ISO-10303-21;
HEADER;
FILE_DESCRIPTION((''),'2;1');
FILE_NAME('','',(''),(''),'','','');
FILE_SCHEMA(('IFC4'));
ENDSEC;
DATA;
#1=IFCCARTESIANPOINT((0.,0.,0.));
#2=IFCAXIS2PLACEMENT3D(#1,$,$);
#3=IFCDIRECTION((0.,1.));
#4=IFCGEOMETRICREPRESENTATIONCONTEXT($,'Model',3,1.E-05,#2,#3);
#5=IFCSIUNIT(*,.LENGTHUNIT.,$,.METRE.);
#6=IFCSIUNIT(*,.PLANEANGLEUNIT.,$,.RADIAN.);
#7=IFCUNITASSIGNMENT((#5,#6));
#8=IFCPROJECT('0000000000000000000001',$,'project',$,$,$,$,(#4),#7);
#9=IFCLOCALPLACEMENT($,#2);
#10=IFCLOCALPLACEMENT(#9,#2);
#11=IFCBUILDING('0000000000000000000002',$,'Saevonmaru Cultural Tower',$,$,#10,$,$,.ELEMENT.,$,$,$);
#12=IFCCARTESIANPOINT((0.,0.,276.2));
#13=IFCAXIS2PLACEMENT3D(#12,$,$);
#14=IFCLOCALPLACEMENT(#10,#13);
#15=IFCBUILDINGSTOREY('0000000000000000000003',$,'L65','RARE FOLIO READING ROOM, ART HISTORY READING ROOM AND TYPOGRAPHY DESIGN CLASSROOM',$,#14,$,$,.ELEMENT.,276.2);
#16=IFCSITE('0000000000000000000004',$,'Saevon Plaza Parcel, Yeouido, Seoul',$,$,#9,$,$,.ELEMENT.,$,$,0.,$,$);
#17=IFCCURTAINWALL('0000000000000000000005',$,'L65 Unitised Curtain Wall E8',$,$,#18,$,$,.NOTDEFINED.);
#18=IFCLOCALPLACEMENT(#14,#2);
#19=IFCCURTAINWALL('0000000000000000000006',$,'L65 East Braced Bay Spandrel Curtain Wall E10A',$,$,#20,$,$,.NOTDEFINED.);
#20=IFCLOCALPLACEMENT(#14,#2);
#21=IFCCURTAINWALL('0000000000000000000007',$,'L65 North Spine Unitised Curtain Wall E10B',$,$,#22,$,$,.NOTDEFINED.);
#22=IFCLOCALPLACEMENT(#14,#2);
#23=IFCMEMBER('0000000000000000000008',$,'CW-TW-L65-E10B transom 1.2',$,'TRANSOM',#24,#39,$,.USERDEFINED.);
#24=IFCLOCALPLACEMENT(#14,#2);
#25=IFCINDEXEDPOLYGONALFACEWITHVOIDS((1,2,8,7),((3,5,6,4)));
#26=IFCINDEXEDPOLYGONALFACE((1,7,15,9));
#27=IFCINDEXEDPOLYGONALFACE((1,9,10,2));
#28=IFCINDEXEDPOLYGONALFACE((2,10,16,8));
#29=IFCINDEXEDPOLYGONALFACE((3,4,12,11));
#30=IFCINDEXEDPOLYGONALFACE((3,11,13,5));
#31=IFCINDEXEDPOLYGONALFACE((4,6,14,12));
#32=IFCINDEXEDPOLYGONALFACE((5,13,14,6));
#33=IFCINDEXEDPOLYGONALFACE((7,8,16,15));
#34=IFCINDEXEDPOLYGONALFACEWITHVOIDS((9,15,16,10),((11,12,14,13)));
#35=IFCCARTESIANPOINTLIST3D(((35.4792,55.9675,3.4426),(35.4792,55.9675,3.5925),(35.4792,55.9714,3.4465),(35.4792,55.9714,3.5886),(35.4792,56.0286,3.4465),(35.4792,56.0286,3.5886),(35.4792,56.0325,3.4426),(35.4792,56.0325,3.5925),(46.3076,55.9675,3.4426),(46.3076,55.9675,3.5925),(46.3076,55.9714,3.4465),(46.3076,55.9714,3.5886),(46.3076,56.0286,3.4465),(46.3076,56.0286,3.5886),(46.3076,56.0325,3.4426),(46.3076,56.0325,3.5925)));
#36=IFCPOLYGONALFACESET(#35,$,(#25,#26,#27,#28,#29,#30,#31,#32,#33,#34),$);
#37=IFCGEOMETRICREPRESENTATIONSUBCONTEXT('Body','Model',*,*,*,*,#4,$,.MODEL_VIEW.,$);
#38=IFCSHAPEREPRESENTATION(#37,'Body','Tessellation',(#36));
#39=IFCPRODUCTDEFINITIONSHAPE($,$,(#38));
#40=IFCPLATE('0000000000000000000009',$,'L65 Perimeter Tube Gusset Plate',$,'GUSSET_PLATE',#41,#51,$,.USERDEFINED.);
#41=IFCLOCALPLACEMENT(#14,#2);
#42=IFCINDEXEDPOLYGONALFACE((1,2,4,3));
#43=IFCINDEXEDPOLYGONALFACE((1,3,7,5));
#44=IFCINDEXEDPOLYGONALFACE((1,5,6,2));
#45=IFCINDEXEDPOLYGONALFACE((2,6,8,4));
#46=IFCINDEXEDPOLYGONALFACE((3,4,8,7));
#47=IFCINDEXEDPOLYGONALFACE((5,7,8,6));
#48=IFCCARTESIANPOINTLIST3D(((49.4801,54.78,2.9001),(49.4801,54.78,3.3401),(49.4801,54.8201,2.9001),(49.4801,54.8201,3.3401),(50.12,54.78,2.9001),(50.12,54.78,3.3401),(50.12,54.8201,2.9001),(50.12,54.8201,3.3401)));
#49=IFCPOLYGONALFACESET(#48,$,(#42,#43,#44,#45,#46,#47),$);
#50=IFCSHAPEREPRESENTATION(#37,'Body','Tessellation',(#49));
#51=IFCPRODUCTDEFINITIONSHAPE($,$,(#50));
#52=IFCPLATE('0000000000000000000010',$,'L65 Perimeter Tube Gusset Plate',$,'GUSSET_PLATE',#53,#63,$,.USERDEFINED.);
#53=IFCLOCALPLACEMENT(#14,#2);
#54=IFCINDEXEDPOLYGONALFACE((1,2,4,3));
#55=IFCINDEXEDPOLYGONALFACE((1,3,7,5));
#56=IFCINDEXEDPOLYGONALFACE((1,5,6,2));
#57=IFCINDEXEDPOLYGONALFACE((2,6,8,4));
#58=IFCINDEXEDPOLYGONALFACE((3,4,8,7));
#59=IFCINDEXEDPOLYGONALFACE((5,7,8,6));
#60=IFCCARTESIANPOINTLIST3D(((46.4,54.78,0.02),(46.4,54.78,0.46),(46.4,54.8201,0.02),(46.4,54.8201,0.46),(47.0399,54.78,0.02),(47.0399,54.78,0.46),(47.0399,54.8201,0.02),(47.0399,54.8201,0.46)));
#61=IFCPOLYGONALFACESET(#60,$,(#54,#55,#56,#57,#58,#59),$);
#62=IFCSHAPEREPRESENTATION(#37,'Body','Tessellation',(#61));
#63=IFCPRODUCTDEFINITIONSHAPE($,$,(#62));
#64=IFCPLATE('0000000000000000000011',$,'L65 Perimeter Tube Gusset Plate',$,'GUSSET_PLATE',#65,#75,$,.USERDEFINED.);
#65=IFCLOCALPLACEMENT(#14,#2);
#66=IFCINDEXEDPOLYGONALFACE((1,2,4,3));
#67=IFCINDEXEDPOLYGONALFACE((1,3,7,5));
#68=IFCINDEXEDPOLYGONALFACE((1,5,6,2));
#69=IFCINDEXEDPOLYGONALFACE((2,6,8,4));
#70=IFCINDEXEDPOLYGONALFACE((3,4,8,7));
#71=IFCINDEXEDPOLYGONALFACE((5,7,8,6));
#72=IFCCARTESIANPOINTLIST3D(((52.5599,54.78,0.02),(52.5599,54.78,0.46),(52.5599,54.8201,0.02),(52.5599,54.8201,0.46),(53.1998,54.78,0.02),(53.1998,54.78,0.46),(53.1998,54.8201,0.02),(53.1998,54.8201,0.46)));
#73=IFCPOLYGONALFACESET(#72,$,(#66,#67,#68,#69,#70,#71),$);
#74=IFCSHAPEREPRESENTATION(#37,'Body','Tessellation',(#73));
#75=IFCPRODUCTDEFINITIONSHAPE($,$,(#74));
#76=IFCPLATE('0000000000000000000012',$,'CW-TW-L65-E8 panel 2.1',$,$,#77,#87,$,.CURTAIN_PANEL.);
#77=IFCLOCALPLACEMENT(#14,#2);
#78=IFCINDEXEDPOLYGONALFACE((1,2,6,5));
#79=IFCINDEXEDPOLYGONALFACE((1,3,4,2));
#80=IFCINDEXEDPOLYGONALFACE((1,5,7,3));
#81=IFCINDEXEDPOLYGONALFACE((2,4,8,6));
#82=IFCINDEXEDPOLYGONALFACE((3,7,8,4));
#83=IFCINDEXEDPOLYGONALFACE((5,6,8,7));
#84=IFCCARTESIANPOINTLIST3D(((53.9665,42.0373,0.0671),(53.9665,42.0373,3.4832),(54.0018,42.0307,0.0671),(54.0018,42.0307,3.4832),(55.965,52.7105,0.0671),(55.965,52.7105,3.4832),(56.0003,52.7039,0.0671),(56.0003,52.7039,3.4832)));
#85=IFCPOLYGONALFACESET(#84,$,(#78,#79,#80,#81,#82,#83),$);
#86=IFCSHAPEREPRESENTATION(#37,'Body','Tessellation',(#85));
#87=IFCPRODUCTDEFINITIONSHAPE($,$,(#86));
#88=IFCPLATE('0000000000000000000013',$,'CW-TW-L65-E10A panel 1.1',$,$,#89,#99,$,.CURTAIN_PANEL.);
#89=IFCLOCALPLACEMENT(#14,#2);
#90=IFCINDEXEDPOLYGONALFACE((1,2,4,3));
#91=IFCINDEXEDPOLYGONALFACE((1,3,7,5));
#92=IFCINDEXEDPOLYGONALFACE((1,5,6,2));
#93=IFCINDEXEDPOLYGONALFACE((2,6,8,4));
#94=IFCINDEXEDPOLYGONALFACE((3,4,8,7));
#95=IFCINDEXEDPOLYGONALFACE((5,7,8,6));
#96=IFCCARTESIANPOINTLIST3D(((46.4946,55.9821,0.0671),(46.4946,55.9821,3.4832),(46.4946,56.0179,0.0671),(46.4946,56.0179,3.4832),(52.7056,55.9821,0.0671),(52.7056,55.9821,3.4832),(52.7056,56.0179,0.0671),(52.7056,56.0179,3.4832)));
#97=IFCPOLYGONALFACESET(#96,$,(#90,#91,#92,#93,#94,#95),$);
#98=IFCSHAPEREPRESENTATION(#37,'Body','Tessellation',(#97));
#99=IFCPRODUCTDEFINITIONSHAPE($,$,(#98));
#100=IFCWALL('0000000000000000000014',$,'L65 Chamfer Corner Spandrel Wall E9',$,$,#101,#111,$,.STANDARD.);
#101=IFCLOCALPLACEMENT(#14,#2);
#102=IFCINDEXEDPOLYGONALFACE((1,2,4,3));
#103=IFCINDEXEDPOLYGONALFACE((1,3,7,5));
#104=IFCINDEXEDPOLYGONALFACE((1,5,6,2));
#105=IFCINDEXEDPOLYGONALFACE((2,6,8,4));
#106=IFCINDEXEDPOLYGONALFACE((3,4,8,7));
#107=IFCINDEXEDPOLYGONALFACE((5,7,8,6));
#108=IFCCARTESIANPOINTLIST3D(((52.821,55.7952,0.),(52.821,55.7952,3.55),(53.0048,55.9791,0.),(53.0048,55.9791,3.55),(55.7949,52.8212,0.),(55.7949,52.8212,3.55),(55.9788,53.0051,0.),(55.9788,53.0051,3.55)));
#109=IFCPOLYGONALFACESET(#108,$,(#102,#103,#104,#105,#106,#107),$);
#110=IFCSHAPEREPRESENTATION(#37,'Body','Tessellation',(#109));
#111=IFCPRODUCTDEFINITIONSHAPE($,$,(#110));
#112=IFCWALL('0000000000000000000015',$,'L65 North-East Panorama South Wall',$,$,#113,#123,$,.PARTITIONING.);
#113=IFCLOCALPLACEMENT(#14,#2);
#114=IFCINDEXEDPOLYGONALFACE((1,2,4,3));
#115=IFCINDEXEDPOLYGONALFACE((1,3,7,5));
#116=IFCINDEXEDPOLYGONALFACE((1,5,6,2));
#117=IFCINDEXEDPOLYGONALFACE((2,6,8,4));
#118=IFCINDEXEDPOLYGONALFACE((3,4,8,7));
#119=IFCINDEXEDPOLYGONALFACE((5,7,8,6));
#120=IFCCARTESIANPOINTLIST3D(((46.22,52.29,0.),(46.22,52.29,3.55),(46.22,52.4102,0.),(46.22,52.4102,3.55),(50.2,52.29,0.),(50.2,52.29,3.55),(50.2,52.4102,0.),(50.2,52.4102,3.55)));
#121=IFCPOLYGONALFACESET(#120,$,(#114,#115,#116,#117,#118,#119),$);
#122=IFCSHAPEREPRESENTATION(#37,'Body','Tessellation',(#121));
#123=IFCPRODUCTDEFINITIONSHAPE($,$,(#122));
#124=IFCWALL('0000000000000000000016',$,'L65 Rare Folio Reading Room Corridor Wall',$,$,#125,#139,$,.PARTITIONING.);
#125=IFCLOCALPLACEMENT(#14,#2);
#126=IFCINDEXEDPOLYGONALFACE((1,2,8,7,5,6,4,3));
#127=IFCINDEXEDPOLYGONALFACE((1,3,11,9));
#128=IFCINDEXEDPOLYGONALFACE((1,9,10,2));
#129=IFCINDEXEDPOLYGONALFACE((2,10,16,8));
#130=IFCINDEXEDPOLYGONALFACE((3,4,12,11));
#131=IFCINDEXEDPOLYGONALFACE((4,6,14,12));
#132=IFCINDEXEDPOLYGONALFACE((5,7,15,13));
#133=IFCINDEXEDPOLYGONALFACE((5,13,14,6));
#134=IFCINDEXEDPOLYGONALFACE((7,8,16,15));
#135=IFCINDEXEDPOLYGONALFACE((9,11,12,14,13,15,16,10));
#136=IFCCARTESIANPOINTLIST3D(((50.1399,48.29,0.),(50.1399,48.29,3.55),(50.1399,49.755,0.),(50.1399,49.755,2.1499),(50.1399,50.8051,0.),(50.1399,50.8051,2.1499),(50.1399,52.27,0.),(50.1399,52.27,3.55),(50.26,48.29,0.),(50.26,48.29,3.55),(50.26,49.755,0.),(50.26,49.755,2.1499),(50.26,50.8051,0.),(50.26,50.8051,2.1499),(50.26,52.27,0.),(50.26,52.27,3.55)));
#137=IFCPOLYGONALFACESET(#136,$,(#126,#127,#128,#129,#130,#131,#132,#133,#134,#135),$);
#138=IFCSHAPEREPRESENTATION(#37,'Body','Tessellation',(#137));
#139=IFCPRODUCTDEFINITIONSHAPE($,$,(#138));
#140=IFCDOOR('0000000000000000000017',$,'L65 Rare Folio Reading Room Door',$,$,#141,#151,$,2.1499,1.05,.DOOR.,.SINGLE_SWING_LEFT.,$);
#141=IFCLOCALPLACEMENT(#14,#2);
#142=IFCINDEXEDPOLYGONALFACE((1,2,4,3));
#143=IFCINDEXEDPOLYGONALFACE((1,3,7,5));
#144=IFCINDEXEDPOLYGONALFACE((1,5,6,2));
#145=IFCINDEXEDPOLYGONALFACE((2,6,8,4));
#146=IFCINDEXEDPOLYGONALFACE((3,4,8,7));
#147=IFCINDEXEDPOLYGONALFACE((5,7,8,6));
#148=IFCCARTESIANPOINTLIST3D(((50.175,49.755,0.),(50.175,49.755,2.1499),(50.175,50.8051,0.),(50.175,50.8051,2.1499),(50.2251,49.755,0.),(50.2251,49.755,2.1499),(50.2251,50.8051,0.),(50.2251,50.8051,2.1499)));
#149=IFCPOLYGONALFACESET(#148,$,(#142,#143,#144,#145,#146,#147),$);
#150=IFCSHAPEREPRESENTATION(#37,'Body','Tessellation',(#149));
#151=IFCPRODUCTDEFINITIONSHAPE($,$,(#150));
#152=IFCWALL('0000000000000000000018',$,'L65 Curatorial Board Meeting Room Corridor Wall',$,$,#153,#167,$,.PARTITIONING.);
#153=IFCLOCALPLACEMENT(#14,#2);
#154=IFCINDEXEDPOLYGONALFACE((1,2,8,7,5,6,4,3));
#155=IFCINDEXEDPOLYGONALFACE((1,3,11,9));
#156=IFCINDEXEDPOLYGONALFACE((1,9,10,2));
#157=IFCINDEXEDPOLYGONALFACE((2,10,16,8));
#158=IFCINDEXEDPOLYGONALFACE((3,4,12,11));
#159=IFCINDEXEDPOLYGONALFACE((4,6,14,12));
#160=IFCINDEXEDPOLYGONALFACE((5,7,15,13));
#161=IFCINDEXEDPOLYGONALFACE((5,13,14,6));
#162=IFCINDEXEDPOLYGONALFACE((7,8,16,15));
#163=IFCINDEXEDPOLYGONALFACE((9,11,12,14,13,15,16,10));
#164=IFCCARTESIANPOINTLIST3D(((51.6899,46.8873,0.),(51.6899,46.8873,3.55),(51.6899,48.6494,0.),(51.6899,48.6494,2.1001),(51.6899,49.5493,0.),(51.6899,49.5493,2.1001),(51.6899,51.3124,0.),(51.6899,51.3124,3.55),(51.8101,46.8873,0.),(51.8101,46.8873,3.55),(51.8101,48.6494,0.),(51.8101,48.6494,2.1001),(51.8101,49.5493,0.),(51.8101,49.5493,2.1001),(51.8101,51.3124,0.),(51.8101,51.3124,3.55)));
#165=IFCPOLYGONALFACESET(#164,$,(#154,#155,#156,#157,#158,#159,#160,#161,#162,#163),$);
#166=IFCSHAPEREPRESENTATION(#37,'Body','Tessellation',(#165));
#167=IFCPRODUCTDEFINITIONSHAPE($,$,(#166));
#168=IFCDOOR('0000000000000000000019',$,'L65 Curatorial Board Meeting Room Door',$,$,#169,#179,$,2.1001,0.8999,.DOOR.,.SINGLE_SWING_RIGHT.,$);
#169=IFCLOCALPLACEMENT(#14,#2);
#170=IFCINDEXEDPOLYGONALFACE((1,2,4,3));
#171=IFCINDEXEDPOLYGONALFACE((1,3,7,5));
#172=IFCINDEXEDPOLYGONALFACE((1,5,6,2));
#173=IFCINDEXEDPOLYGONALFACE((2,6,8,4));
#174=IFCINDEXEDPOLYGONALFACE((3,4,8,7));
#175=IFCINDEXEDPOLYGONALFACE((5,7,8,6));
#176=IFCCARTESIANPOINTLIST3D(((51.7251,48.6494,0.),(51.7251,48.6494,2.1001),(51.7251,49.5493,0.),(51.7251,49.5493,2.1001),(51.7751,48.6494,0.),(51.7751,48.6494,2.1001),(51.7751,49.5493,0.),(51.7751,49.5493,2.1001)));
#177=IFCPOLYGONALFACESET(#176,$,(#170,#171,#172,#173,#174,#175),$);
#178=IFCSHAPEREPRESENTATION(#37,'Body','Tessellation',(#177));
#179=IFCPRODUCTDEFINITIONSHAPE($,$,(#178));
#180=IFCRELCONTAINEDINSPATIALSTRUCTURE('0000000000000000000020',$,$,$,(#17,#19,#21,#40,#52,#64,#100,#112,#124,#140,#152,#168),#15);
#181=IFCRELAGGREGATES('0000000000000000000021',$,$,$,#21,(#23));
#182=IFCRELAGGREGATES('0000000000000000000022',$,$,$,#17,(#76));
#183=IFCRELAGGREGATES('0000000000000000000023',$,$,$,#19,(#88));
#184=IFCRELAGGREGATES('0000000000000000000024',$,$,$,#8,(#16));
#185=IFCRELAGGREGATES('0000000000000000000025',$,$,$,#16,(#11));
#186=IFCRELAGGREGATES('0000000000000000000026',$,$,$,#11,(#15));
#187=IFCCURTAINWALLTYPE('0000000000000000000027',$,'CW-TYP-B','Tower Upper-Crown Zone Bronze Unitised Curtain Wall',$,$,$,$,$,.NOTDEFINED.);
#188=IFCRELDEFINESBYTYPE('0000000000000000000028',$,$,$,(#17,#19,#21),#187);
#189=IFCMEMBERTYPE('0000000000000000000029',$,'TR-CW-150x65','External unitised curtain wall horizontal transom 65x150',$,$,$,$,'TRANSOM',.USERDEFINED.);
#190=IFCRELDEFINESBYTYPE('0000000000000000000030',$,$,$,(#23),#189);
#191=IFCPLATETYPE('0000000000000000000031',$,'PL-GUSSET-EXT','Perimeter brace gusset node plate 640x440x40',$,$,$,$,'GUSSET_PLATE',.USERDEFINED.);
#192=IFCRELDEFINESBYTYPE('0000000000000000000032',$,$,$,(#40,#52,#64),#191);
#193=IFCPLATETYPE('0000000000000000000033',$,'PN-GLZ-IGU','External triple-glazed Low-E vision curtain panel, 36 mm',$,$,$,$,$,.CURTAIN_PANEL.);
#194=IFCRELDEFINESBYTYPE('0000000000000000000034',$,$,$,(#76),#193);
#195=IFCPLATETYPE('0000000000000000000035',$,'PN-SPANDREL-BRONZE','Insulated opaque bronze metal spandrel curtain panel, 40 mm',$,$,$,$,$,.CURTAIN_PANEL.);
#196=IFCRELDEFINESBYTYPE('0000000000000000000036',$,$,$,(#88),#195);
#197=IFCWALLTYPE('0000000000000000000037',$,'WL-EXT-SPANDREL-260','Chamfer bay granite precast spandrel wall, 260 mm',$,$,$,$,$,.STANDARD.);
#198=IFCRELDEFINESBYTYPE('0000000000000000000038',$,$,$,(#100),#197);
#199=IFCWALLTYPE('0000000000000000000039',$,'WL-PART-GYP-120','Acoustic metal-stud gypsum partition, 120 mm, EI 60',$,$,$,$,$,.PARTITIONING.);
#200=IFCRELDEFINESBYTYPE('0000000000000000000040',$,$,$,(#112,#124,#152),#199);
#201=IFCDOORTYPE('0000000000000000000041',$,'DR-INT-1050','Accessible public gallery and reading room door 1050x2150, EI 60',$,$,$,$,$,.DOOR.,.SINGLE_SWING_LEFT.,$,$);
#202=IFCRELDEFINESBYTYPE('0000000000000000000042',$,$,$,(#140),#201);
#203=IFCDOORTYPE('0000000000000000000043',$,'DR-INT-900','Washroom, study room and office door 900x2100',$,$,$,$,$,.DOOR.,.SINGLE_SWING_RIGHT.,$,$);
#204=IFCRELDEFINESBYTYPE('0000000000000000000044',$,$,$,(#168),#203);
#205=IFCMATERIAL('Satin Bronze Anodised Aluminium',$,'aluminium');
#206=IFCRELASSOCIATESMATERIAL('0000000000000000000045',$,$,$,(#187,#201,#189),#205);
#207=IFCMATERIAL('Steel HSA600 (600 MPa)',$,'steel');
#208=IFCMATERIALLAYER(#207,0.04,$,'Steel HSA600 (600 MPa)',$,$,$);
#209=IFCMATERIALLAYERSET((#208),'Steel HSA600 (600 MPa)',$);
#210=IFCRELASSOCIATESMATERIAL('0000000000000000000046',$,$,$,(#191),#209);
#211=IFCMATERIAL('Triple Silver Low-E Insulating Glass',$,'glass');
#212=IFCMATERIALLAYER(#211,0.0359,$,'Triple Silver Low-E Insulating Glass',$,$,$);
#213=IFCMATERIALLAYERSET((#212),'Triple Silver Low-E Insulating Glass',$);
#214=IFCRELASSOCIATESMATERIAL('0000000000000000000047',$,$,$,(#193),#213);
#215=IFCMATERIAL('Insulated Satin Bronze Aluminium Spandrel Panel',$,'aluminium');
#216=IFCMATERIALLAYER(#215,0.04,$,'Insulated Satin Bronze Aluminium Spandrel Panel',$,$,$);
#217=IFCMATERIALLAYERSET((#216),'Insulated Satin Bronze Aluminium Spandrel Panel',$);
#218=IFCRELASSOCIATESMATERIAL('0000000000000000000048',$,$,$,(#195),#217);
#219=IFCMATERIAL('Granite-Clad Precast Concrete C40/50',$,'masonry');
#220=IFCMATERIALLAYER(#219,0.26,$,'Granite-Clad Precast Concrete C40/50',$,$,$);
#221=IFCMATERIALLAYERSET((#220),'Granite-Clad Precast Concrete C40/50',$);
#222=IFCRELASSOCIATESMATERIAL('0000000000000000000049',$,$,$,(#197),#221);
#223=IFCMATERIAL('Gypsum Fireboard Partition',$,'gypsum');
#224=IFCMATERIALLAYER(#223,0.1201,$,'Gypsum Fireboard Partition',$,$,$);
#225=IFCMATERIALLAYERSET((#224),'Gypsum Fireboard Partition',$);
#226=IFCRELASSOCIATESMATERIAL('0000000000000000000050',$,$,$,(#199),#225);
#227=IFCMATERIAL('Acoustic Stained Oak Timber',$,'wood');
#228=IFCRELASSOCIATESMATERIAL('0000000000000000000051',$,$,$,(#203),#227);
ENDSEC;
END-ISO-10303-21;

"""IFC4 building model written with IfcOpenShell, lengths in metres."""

from ifc_helpers import new_model, si_unit, direction, frame, frame_2d, origin, origin_2d, place, context, subcontext, project, spatial, rectangle, hollow_rectangle, extrude, material, layer, layer_set, material_profile, profile_set, type_object, element, fill, aggregate, save


model = new_model("IFC4")

# Units and contexts
model_context = context("Model", 3, precision=1e-05, world=origin(), true_north=direction((0.0, 1.0)))
body_context = subcontext(model_context, "Body", "Model", "MODEL_VIEW")
ifc_project = project(units=[si_unit("LENGTHUNIT", "METRE"), si_unit("PLANEANGLEUNIT", "RADIAN")], contexts=[model_context])

# Site, building, storey
site_placement = place(None, origin())
site = spatial("IfcSite", under=ifc_project, at=site_placement, Name="Saevon Plaza Parcel, Yeouido, Seoul", CompositionType="ELEMENT", RefElevation=0.0)
building_placement = place(site_placement, origin())
building = spatial("IfcBuilding", under=site, at=building_placement, Name="Saevonmaru Cultural Tower", CompositionType="ELEMENT")
storey_placement = place(building_placement, frame((0.0, 0.0, 276.2)))
storey = spatial("IfcBuildingStorey", under=building, at=storey_placement, Name="L65", Description="RARE FOLIO READING ROOM, ART HISTORY READING ROOM AND TYPOGRAPHY DESIGN CLASSROOM", CompositionType="ELEMENT", Elevation=276.2)

# Curtain wall
ifc_material_1 = material(Name="Satin Bronze Anodised Aluminium", Category="aluminium")
curtain_wall_type = type_object("IfcCurtainWallType", Name="CW-TYP-B", Description="Tower Upper-Crown Zone Bronze Unitised Curtain Wall", PredefinedType="NOTDEFINED", material=ifc_material_1)
curtain_wall_1_placement = place(storey_placement, origin())
curtain_wall_1 = element("IfcCurtainWall", 1, at=curtain_wall_1_placement, inside=storey, type_object=curtain_wall_type, Name="L65 Unitised Curtain Wall E8", PredefinedType="NOTDEFINED")

# Curtain wall
curtain_wall_2_placement = place(storey_placement, origin())
curtain_wall_2 = element("IfcCurtainWall", 2, at=curtain_wall_2_placement, inside=storey, type_object=curtain_wall_type, Name="L65 East Braced Bay Spandrel Curtain Wall E10A", PredefinedType="NOTDEFINED")

# Curtain wall
curtain_wall_3_placement = place(storey_placement, origin())
curtain_wall_3 = element("IfcCurtainWall", 3, at=curtain_wall_3_placement, inside=storey, type_object=curtain_wall_type, Name="L65 North Spine Unitised Curtain Wall E10B", PredefinedType="NOTDEFINED")

# Member
ifc_material_profile_1 = material_profile(ifc_material_1, hollow_rectangle(XDim=0.0649, YDim=0.1499, WallThickness=0.0039, at=origin_2d()), Name="ALU-TRAN-150x65x4")
ifc_profile_set_1 = profile_set([ifc_material_profile_1], Name="Satin Bronze Anodised Aluminium")
member_type_1 = type_object("IfcMemberType", Name="TR-CW-150x65", Description="External unitised curtain wall horizontal transom 65x150", ElementType="TRANSOM", PredefinedType="USERDEFINED", material=ifc_profile_set_1)
member_1_placement = place(storey_placement, frame((46.3076, 56.0, 3.5176), z_axis=(-1.0, 0.0, 0.0), x_axis=(0.0, -1.0, 0.0)))
member_1 = element("IfcMember", 4, at=member_1_placement, type_object=member_type_1, Name="CW-TW-L65-E10B transom 1.2", ObjectType="TRANSOM", PredefinedType="USERDEFINED", context=body_context, shape_type="SweptSolid", body=[
    extrude(hollow_rectangle(XDim=0.0649, YDim=0.1499, WallThickness=0.0039, at=origin_2d()), origin(), (0.0, 0.0, 1.0), 10.8284),
])
aggregate(curtain_wall_3, [member_1])

# Plates
ifc_material_2 = material(Name="Steel HSA600 (600 MPa)", Category="steel")
ifc_layer_1 = layer(ifc_material_2, 0.04, Name="Steel HSA600 (600 MPa)")
ifc_layer_set_1 = layer_set([ifc_layer_1], Name="Steel HSA600 (600 MPa)")
plate_type_1 = type_object("IfcPlateType", Name="PL-GUSSET-EXT", Description="Perimeter brace gusset node plate 640x440x40", ElementType="GUSSET_PLATE", PredefinedType="USERDEFINED", material=ifc_layer_set_1)
for number, where, z_axis, x_axis, name in (
    (5, (49.8, 54.8, 2.9001), (0.0, 0.0, 1.0), (1.0, 0.0, 0.0), "L65 Perimeter Tube Gusset Plate"),
    (6, (46.72, 54.8, 0.02), (0.0, 0.0, 1.0), (1.0, 0.0, 0.0), "L65 Perimeter Tube Gusset Plate"),
    (7, (52.8799, 54.8, 0.02), (0.0, 0.0, 1.0), (1.0, 0.0, 0.0), "L65 Perimeter Tube Gusset Plate"),
):
    element("IfcPlate", number, at=place(storey_placement, frame(where, z_axis=z_axis, x_axis=x_axis)), inside=storey, type_object=plate_type_1, Name=name, ObjectType="GUSSET_PLATE", PredefinedType="USERDEFINED", context=body_context, shape_type="SweptSolid", body=[
        extrude(rectangle(XDim=0.6399, YDim=0.04, at=origin_2d()), origin(), (0.0, 0.0, 1.0), 0.4399),
    ])

# Plates
ifc_material_3 = material(Name="Triple Silver Low-E Insulating Glass", Category="glass")
ifc_layer_2 = layer(ifc_material_3, 0.0359, Name="Triple Silver Low-E Insulating Glass")
ifc_layer_set_2 = layer_set([ifc_layer_2], Name="Triple Silver Low-E Insulating Glass")
plate_type_2 = type_object("IfcPlateType", Name="PN-GLZ-IGU", Description="External triple-glazed Low-E vision curtain panel, 36 mm", PredefinedType="CURTAIN_PANEL", material=ifc_layer_set_2)
plate_1_placement = place(storey_placement, frame((54.9834, 47.3706, 0.0671), z_axis=(0.0, 0.0, 1.0), x_axis=(0.184047, 0.982918, 0.0)))
plate_1 = element("IfcPlate", 8, at=plate_1_placement, type_object=plate_type_2, Name="CW-TW-L65-E8 panel 2.1", PredefinedType="CURTAIN_PANEL", context=body_context, shape_type="SweptSolid", body=[
    extrude(rectangle(XDim=10.8586, YDim=0.0359, at=origin_2d()), origin(), (0.0, 0.0, 1.0), 3.416),
])
aggregate(curtain_wall_1, [plate_1])
ifc_material_4 = material(Name="Insulated Satin Bronze Aluminium Spandrel Panel", Category="aluminium")
ifc_layer_3 = layer(ifc_material_4, 0.04, Name="Insulated Satin Bronze Aluminium Spandrel Panel")
ifc_layer_set_3 = layer_set([ifc_layer_3], Name="Insulated Satin Bronze Aluminium Spandrel Panel")
plate_type_3 = type_object("IfcPlateType", Name="PN-SPANDREL-BRONZE", Description="Insulated opaque bronze metal spandrel curtain panel, 40 mm", PredefinedType="CURTAIN_PANEL", material=ifc_layer_set_3)
plate_2_placement = place(storey_placement, frame((49.6001, 56.0, 0.0671), z_axis=(0.0, 0.0, 1.0), x_axis=(-1.0, 0.0, 0.0)))
plate_2 = element("IfcPlate", 9, at=plate_2_placement, type_object=plate_type_3, Name="CW-TW-L65-E10A panel 1.1", PredefinedType="CURTAIN_PANEL", context=body_context, shape_type="SweptSolid", body=[
    extrude(rectangle(XDim=6.2109, YDim=0.0359, at=origin_2d()), origin(), (0.0, 0.0, 1.0), 3.416),
])
aggregate(curtain_wall_2, [plate_2])

# Wall
ifc_material_5 = material(Name="Granite-Clad Precast Concrete C40/50", Category="masonry")
ifc_layer_4 = layer(ifc_material_5, 0.26, Name="Granite-Clad Precast Concrete C40/50")
ifc_layer_set_4 = layer_set([ifc_layer_4], Name="Granite-Clad Precast Concrete C40/50")
wall_type_1 = type_object("IfcWallType", Name="WL-EXT-SPANDREL-260", Description="Chamfer bay granite precast spandrel wall, 260 mm", PredefinedType="STANDARD", material=ifc_layer_set_4)
wall_1_placement = place(storey_placement, frame((55.887, 52.9131, 0.0), z_axis=(0.0, 0.0, 1.0), x_axis=(-0.707107, 0.707107, 0.0)))
element("IfcWall", 10, at=wall_1_placement, inside=storey, type_object=wall_type_1, Name="L65 Chamfer Corner Spandrel Wall E9", PredefinedType="STANDARD", context=body_context, shape_type="SweptSolid", body=[
    extrude(rectangle(XDim=4.2058, YDim=0.26, at=frame_2d((2.103, 0.0))), origin(), (0.0, 0.0, 1.0), 3.55),
])

# Shared definitions
ifc_material_6 = material(Name="Gypsum Fireboard Partition", Category="gypsum")
door_type_1 = type_object("IfcDoorType", Name="DR-INT-1050", Description="Accessible public gallery and reading room door 1050x2150, EI 60", OperationType="SINGLE_SWING_LEFT", PredefinedType="DOOR", material=ifc_material_1)

# Wall
ifc_layer_5 = layer(ifc_material_6, 0.1201, Name="Gypsum Fireboard Partition")
ifc_layer_set_5 = layer_set([ifc_layer_5], Name="Gypsum Fireboard Partition")
wall_type_2 = type_object("IfcWallType", Name="WL-PART-GYP-120", Description="Acoustic metal-stud gypsum partition, 120 mm, EI 60", PredefinedType="PARTITIONING", material=ifc_layer_set_5)
wall_2_placement = place(storey_placement, frame((46.22, 52.3501, 0.0), z_axis=(0.0, 0.0, 1.0), x_axis=(1.0, 0.0, 0.0)))
element("IfcWall", 11, at=wall_2_placement, inside=storey, type_object=wall_type_2, Name="L65 North-East Panorama South Wall", PredefinedType="PARTITIONING", context=body_context, shape_type="SweptSolid", body=[
    extrude(rectangle(XDim=3.98, YDim=0.1201, at=frame_2d((1.99, 0.0))), origin(), (0.0, 0.0, 1.0), 3.55),
])

# Walls, openings, doors
wall_3_placement = place(storey_placement, frame((50.2, 48.29, 0.0), z_axis=(0.0, 0.0, 1.0), x_axis=(0.0, 1.0, 0.0)))
wall_3 = element("IfcWall", 12, at=wall_3_placement, inside=storey, type_object=wall_type_2, Name="L65 Rare Folio Reading Room Corridor Wall", PredefinedType="PARTITIONING", context=body_context, shape_type="SweptSolid", body=[
    extrude(rectangle(XDim=3.98, YDim=0.1201, at=frame_2d((1.99, 0.0))), origin(), (0.0, 0.0, 1.0), 3.55),
])
opening_1_placement = place(wall_3_placement, frame((1.4651, 0.0, 0.0)))
opening_1 = element("IfcOpeningElement", 13, at=opening_1_placement, cuts=wall_3, PredefinedType="OPENING", context=body_context, shape_type="SweptSolid", body=[
    extrude(rectangle(XDim=1.05, YDim=2.1499, at=frame_2d((0.5249, 1.075))), frame((0.0, 0.0701, 0.0), z_axis=(0.0, -1.0, 0.0), x_axis=(1.0, 0.0, 0.0)), (0.0, 0.0, 1.0), 0.1401),
])
door_1_placement = place(opening_1_placement, origin())
door_1 = element("IfcDoor", 14, at=door_1_placement, inside=storey, type_object=door_type_1, Name="L65 Rare Folio Reading Room Door", OperationType="SINGLE_SWING_LEFT", OverallHeight=2.1499, OverallWidth=1.05, PredefinedType="DOOR", context=body_context, shape_type="SweptSolid", body=[
    extrude(rectangle(XDim=1.05, YDim=2.1499, at=frame_2d((0.5249, 1.075))), frame((0.0, 0.0249, 0.0), z_axis=(0.0, -1.0, 0.0), x_axis=(1.0, 0.0, 0.0)), (0.0, 0.0, 1.0), 0.05),
])
fill(opening_1, door_1)
wall_4_placement = place(storey_placement, frame((51.75, 46.8875, 0.0), z_axis=(0.0, 0.0, 1.0), x_axis=(0.0, 1.0, 0.0)))
wall_4 = element("IfcWall", 15, at=wall_4_placement, inside=storey, type_object=wall_type_2, Name="L65 Curatorial Board Meeting Room Corridor Wall", PredefinedType="PARTITIONING", context=body_context, shape_type="SweptSolid", body=[
    extrude(rectangle(XDim=4.425, YDim=0.1201, at=frame_2d((2.2124, 0.0))), origin(), (0.0, 0.0, 1.0), 3.55),
])
opening_2_placement = place(wall_4_placement, frame((1.762, 0.0, 0.0)))
opening_2 = element("IfcOpeningElement", 16, at=opening_2_placement, cuts=wall_4, PredefinedType="OPENING", context=body_context, shape_type="SweptSolid", body=[
    extrude(rectangle(XDim=0.8999, YDim=2.1001, at=frame_2d((0.45, 1.05))), frame((0.0, 0.0701, 0.0), z_axis=(0.0, -1.0, 0.0), x_axis=(1.0, 0.0, 0.0)), (0.0, 0.0, 1.0), 0.1401),
])
ifc_material_7 = material(Name="Acoustic Stained Oak Timber", Category="wood")
door_type_2 = type_object("IfcDoorType", Name="DR-INT-900", Description="Washroom, study room and office door 900x2100", OperationType="SINGLE_SWING_RIGHT", PredefinedType="DOOR", material=ifc_material_7)
door_2_placement = place(opening_2_placement, origin())
door_2 = element("IfcDoor", 17, at=door_2_placement, inside=storey, type_object=door_type_2, Name="L65 Curatorial Board Meeting Room Door", OperationType="SINGLE_SWING_RIGHT", OverallHeight=2.1001, OverallWidth=0.8999, PredefinedType="DOOR", context=body_context, shape_type="SweptSolid", body=[
    extrude(rectangle(XDim=0.8999, YDim=2.1001, at=frame_2d((0.45, 1.05))), frame((0.0, 0.0249, 0.0), z_axis=(0.0, -1.0, 0.0), x_axis=(1.0, 0.0, 0.0)), (0.0, 0.0, 1.0), 0.05),
])
fill(opening_2, door_2)

save(model, "model.ifc")
